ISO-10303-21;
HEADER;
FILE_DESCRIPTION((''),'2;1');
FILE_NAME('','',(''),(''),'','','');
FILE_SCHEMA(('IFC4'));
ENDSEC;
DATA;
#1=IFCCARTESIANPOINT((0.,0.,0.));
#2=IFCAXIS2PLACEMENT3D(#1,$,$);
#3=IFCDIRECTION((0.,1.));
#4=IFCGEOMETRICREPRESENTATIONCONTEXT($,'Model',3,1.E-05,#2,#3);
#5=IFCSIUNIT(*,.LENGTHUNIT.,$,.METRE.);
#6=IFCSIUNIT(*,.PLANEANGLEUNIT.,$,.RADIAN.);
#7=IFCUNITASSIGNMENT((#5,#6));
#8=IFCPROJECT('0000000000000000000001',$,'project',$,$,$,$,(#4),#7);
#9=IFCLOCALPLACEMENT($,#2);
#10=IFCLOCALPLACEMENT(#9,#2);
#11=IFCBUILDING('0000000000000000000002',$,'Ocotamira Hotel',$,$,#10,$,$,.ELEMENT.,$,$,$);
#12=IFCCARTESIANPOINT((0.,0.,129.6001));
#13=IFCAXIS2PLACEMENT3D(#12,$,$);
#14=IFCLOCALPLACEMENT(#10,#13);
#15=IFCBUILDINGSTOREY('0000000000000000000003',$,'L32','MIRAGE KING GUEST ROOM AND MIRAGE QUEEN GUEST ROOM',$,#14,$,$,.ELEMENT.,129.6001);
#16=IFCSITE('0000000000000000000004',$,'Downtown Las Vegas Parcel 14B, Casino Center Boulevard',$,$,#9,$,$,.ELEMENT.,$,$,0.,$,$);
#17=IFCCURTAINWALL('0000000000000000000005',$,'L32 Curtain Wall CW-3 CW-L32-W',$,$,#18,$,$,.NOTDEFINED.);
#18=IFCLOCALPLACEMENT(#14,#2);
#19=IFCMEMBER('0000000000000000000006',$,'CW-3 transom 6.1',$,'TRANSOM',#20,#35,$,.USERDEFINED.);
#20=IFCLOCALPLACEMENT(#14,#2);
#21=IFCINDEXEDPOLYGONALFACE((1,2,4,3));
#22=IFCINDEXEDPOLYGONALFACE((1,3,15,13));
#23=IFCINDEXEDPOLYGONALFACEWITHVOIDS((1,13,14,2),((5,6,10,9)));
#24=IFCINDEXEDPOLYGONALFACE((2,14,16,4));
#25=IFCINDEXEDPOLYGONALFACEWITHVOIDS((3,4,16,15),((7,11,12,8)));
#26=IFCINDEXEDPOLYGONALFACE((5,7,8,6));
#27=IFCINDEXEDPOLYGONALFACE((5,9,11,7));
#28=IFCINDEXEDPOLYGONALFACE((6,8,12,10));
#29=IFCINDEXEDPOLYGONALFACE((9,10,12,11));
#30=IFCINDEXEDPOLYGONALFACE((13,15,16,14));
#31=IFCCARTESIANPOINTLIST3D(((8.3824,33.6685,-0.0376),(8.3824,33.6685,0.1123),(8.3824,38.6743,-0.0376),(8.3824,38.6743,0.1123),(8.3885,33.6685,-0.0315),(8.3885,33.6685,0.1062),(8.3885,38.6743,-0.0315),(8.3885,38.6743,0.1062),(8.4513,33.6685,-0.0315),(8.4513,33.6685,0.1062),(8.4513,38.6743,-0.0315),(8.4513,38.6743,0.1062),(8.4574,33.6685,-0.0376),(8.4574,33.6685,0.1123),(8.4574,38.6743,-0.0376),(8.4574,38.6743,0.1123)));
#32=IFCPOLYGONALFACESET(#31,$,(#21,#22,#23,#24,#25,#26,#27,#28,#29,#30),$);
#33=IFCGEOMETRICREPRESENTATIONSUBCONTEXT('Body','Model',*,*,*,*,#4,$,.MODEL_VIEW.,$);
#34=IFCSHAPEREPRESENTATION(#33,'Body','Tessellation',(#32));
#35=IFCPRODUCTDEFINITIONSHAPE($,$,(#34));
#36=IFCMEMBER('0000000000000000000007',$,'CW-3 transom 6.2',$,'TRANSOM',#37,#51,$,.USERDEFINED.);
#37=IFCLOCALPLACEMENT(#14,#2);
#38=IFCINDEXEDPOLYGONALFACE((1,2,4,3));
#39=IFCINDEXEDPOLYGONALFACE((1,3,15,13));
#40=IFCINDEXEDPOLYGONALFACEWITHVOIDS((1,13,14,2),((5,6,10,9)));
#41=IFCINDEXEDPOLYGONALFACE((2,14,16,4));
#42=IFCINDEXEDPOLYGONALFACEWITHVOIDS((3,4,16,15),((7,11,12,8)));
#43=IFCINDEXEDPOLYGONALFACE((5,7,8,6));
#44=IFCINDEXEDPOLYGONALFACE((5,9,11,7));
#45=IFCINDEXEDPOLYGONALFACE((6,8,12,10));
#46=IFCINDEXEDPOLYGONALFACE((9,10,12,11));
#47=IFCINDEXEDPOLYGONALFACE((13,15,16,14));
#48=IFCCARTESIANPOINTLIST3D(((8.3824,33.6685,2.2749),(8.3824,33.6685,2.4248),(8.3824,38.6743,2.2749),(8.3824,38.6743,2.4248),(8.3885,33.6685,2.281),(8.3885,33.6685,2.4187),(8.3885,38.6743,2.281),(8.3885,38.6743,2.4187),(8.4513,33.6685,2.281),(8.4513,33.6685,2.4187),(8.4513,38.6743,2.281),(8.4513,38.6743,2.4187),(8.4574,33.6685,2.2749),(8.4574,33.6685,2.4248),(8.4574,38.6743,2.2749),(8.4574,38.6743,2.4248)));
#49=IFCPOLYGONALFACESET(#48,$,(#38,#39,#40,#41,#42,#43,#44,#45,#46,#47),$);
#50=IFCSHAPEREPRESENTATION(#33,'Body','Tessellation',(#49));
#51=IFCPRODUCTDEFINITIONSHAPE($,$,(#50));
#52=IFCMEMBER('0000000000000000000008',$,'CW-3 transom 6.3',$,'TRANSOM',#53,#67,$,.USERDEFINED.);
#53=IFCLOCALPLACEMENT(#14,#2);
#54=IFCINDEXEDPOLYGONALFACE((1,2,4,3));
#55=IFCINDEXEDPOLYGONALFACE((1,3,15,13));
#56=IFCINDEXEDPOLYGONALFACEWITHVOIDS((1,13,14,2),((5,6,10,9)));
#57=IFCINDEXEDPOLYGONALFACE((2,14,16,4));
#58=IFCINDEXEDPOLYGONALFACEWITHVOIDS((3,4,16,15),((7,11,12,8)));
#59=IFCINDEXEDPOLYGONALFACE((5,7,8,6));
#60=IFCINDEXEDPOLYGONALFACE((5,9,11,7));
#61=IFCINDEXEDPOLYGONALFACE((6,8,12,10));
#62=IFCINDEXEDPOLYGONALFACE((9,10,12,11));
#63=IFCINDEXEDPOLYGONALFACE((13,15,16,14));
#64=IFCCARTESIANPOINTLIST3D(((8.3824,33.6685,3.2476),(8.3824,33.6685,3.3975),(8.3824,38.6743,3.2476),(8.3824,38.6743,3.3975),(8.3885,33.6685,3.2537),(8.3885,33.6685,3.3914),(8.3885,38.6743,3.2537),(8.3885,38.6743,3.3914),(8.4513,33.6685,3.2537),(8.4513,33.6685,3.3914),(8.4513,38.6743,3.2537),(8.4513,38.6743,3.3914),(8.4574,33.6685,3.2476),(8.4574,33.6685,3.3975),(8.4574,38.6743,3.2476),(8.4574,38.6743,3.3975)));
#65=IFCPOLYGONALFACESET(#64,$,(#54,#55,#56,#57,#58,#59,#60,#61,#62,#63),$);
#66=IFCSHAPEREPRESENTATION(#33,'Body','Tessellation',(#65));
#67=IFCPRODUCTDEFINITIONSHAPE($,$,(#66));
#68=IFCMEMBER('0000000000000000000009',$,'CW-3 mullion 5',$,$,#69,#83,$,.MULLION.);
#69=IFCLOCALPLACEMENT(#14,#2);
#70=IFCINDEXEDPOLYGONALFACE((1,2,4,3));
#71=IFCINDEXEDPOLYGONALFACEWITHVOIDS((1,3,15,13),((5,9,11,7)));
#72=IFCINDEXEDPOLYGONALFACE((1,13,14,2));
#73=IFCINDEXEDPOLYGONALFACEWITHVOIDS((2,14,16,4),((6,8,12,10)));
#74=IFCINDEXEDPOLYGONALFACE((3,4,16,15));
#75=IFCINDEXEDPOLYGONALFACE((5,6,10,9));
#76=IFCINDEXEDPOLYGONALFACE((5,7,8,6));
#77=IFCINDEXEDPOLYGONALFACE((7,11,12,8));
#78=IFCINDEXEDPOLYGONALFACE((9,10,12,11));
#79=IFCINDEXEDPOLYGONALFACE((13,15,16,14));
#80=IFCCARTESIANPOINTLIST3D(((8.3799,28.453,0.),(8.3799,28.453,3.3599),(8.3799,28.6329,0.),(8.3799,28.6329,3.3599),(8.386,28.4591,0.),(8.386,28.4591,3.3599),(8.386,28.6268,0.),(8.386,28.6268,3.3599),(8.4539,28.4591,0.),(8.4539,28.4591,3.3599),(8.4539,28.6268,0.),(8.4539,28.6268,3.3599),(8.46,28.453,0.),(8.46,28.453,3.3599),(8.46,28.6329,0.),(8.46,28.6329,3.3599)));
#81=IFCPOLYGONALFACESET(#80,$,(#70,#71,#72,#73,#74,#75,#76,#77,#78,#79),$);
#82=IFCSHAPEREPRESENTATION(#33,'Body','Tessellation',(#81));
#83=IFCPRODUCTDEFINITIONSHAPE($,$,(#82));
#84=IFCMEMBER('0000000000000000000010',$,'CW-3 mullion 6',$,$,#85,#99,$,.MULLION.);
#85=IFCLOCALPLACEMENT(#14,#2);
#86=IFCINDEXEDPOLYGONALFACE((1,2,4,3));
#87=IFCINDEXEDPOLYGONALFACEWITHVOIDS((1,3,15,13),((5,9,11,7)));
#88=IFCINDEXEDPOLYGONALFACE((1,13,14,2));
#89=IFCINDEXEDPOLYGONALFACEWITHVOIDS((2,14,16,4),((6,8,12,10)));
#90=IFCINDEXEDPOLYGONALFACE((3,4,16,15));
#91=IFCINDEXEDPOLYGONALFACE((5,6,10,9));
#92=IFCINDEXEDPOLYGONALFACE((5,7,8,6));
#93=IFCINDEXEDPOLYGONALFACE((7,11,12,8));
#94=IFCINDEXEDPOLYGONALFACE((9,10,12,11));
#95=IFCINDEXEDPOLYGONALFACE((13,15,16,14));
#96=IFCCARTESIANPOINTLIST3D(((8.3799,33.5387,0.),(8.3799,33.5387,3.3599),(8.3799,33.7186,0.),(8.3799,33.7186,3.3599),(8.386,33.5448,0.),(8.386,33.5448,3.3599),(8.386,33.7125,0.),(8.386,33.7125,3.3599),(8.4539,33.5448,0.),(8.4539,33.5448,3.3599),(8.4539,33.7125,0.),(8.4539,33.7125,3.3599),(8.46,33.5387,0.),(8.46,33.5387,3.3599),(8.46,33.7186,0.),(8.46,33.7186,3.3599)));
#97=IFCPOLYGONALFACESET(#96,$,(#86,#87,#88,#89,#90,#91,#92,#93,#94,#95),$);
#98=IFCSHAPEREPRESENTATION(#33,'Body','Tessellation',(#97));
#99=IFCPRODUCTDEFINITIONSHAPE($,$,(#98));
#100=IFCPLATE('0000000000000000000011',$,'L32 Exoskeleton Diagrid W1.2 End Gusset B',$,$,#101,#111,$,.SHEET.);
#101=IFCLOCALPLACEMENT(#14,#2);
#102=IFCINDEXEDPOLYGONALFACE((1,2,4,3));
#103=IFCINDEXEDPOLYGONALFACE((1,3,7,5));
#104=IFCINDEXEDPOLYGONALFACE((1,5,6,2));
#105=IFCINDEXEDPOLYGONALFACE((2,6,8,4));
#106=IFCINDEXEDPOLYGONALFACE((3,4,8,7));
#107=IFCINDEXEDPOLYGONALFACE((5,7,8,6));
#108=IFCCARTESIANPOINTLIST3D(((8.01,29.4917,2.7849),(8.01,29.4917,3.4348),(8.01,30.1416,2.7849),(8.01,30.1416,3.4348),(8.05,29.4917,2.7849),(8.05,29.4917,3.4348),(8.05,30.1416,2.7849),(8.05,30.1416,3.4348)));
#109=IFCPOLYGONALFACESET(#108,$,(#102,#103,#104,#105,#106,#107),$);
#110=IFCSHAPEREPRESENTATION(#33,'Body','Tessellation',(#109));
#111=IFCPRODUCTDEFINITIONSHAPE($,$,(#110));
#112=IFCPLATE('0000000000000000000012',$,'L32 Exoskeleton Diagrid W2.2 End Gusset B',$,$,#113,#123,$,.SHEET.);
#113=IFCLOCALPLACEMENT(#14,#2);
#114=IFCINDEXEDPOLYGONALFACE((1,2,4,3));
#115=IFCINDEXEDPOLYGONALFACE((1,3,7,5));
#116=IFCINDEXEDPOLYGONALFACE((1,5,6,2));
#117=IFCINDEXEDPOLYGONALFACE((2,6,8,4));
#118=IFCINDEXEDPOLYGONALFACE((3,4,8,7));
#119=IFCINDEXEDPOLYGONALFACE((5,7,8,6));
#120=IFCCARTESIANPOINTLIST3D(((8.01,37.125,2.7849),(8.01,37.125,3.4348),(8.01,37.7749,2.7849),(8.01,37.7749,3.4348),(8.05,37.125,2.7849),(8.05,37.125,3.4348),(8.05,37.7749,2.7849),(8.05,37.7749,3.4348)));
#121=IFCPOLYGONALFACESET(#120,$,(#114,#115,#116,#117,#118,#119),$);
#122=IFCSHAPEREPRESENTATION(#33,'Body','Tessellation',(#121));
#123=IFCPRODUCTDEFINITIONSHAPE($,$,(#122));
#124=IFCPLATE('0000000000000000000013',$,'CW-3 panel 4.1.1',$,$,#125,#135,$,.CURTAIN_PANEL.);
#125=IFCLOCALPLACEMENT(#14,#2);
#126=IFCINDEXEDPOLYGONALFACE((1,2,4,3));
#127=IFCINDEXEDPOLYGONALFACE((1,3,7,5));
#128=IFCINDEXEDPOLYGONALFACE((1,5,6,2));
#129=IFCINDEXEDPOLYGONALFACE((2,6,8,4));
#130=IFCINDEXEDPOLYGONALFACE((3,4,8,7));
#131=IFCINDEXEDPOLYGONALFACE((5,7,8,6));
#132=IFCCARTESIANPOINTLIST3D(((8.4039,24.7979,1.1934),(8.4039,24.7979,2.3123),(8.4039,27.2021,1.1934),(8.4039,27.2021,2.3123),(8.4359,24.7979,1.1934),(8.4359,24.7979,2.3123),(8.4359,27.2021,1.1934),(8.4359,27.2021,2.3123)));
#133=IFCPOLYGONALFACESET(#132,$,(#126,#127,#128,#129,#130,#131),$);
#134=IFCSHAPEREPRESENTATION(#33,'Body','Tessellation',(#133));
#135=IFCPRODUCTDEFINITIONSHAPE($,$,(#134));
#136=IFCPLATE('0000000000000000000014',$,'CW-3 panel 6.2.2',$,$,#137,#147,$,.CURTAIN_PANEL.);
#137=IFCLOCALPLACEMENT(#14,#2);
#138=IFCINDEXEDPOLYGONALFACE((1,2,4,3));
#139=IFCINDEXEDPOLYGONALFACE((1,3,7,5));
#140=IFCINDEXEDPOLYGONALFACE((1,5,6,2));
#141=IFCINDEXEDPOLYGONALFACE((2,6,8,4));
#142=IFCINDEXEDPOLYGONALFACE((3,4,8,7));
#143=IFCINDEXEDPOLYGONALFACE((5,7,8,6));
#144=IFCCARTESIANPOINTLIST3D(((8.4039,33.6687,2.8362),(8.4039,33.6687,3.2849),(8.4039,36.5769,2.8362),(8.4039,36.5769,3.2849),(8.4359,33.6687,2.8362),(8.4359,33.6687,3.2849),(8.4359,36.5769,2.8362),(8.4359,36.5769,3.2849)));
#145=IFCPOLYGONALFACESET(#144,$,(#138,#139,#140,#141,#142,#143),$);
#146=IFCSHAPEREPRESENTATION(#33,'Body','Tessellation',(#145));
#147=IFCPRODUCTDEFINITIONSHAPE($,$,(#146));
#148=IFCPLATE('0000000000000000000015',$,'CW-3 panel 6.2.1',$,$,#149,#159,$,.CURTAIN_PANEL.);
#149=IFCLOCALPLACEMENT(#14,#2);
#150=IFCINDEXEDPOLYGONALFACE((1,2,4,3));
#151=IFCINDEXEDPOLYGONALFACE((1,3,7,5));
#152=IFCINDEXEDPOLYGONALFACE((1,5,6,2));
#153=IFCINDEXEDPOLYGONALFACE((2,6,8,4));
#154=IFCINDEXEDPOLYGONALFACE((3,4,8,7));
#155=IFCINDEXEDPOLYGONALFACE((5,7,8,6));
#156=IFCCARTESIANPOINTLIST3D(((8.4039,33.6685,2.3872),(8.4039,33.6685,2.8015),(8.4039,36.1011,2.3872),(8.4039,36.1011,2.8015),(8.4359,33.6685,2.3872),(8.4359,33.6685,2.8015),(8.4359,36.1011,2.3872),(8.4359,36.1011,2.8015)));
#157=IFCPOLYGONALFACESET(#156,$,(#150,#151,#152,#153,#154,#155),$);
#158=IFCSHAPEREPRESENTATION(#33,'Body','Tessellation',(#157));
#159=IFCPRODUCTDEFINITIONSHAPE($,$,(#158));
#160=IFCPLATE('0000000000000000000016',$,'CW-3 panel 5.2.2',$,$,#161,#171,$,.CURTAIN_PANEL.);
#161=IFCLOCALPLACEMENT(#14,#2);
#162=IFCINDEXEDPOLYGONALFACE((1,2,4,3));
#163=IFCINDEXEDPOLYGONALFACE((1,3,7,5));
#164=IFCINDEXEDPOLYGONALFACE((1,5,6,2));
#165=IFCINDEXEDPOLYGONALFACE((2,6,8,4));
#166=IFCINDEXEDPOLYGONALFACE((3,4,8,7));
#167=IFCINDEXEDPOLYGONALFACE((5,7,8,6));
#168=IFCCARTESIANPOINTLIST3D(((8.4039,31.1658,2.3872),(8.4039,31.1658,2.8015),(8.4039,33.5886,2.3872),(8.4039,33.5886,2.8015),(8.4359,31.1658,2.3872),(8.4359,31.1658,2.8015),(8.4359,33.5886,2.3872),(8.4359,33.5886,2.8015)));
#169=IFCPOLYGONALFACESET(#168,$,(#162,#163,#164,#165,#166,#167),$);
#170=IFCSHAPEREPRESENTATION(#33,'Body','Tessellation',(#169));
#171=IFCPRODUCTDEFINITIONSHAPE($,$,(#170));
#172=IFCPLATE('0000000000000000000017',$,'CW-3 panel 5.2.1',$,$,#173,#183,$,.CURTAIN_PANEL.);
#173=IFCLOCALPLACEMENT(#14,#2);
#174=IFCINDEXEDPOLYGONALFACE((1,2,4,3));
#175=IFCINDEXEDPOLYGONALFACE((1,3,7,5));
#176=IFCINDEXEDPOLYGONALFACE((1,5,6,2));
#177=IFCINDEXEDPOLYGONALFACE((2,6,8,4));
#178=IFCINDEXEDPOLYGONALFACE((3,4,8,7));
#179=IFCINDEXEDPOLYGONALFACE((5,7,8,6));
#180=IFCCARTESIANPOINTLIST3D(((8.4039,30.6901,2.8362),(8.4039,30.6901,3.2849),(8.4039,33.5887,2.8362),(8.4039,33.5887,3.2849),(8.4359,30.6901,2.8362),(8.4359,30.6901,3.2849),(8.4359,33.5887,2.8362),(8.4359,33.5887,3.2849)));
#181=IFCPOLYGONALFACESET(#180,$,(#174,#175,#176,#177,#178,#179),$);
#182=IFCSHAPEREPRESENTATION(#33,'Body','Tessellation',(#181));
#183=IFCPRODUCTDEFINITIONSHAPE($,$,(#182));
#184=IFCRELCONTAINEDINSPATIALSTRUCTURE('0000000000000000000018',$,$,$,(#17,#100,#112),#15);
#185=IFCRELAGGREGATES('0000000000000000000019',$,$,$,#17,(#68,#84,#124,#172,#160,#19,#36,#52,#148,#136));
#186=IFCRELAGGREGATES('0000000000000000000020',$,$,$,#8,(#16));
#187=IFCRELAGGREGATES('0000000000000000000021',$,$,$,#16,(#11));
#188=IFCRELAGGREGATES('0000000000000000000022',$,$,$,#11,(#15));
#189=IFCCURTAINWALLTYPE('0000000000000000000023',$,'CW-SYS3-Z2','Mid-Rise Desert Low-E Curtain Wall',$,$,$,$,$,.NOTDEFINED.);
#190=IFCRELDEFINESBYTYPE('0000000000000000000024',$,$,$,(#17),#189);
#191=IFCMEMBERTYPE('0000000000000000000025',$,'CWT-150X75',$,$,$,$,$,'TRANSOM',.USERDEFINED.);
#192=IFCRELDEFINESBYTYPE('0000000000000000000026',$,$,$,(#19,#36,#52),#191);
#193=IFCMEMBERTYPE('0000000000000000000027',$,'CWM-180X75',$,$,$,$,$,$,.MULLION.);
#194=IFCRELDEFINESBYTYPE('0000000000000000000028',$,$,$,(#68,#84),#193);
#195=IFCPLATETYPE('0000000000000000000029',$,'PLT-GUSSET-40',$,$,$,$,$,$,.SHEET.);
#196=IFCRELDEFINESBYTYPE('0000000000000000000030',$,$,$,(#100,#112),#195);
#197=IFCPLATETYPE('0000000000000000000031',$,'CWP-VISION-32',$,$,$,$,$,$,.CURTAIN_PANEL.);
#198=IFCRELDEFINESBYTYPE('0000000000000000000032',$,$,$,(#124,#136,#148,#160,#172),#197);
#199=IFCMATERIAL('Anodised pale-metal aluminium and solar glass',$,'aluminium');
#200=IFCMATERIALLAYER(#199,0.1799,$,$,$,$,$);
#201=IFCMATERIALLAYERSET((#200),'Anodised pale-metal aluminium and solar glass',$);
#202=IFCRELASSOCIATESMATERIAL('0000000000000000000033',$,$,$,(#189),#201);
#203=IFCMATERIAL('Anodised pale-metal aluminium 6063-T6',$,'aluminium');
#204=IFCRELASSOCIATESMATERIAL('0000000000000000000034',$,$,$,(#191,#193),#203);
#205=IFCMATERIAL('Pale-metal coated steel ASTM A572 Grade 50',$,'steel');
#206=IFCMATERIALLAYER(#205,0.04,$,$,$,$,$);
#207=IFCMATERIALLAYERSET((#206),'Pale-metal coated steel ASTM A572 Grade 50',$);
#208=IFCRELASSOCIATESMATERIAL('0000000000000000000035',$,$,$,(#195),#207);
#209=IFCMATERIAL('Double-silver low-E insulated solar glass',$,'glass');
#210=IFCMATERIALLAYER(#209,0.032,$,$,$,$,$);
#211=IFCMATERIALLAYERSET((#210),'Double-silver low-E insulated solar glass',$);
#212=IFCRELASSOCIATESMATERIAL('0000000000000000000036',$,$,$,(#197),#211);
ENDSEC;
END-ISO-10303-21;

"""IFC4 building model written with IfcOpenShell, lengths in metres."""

from ifc_helpers import new_model, si_unit, direction, frame, origin, origin_2d, place, context, subcontext, project, spatial, rectangle, hollow_rectangle, extrude, source, transform, mapped, material, layer, layer_set, material_profile, profile_set, type_object, element, aggregate, save


model = new_model("IFC4")

# Units and contexts
model_context = context("Model", 3, precision=1e-05, world=origin(), true_north=direction((0.0, 1.0)))
body_context = subcontext(model_context, "Body", "Model", "MODEL_VIEW")
ifc_project = project(units=[si_unit("LENGTHUNIT", "METRE"), si_unit("PLANEANGLEUNIT", "RADIAN")], contexts=[model_context])

# Site, building, storey
site_placement = place(None, origin())
site = spatial("IfcSite", under=ifc_project, at=site_placement, Name="Downtown Las Vegas Parcel 14B, Casino Center Boulevard", CompositionType="ELEMENT", RefElevation=0.0)
building_placement = place(site_placement, origin())
building = spatial("IfcBuilding", under=site, at=building_placement, Name="Ocotamira Hotel", CompositionType="ELEMENT")
storey_placement = place(building_placement, frame((0.0, 0.0, 129.6001)))
storey = spatial("IfcBuildingStorey", under=building, at=storey_placement, Name="L32", Description="MIRAGE KING GUEST ROOM AND MIRAGE QUEEN GUEST ROOM", CompositionType="ELEMENT", Elevation=129.6001)

# Curtain wall, members
ifc_material_1 = material(Name="Anodised pale-metal aluminium and solar glass", Category="aluminium")
ifc_layer_1 = layer(ifc_material_1, 0.1799)
ifc_layer_set_1 = layer_set([ifc_layer_1], Name="Anodised pale-metal aluminium and solar glass")
curtain_wall_type = type_object("IfcCurtainWallType", Name="CW-SYS3-Z2", Description="Mid-Rise Desert Low-E Curtain Wall", PredefinedType="NOTDEFINED", material=ifc_layer_set_1)
curtain_wall_placement = place(storey_placement, origin())
curtain_wall = element("IfcCurtainWall", 1, at=curtain_wall_placement, inside=storey, type_object=curtain_wall_type, Name="L32 Curtain Wall CW-3 CW-L32-W", PredefinedType="NOTDEFINED")
ifc_material_2 = material(Name="Anodised pale-metal aluminium 6063-T6", Category="aluminium")
ifc_material_profile_1 = material_profile(ifc_material_2, hollow_rectangle(XDim=0.075, YDim=0.1499, WallThickness=0.0061, at=origin_2d()), Name="HSS150X75X6")
ifc_profile_set_1 = profile_set([ifc_material_profile_1], Name="Anodised pale-metal aluminium 6063-T6")
member_type_1 = type_object("IfcMemberType", Name="CWT-150X75", ElementType="TRANSOM", PredefinedType="USERDEFINED", material=ifc_profile_set_1)
shared_shape_1 = source(origin(), body_context, "Body", "SweptSolid", [
    extrude(hollow_rectangle(XDim=0.075, YDim=0.1499, WallThickness=0.0061, at=origin_2d()), origin(), (0.0, 0.0, 1.0), 5.0059),
])
member_1_placement = place(storey_placement, frame((8.4199, 33.6685, 0.0374), z_axis=(0.0, 1.0, 0.0), x_axis=(-1.0, 0.0, 0.0)))
member_1 = element("IfcMember", 2, at=member_1_placement, type_object=member_type_1, Name="CW-3 transom 6.1", ObjectType="TRANSOM", PredefinedType="USERDEFINED", context=body_context, shape_type="MappedRepresentation", body=[
    mapped(shared_shape_1, transform((0.0, 0.0, 0.0), scale=1.0)),
])
member_2_placement = place(storey_placement, frame((8.4199, 33.6685, 2.3499), z_axis=(0.0, 1.0, 0.0), x_axis=(-1.0, 0.0, 0.0)))
member_2 = element("IfcMember", 3, at=member_2_placement, type_object=member_type_1, Name="CW-3 transom 6.2", ObjectType="TRANSOM", PredefinedType="USERDEFINED", context=body_context, shape_type="MappedRepresentation", body=[
    mapped(shared_shape_1, transform((0.0, 0.0, 0.0), scale=1.0)),
])
member_3_placement = place(storey_placement, frame((8.4199, 33.6685, 3.3225), z_axis=(0.0, 1.0, 0.0), x_axis=(-1.0, 0.0, 0.0)))
member_3 = element("IfcMember", 4, at=member_3_placement, type_object=member_type_1, Name="CW-3 transom 6.3", ObjectType="TRANSOM", PredefinedType="USERDEFINED", context=body_context, shape_type="MappedRepresentation", body=[
    mapped(shared_shape_1, transform((0.0, 0.0, 0.0), scale=1.0)),
])
ifc_material_profile_2 = material_profile(ifc_material_2, hollow_rectangle(XDim=0.0801, YDim=0.1799, WallThickness=0.0061, at=origin_2d()), Name="HSS180X80X6")
ifc_profile_set_2 = profile_set([ifc_material_profile_2], Name="Anodised pale-metal aluminium 6063-T6")
member_type_2 = type_object("IfcMemberType", Name="CWM-180X75", PredefinedType="MULLION", material=ifc_profile_set_2)
shared_shape_2 = source(origin(), body_context, "Body", "SweptSolid", [
    extrude(hollow_rectangle(XDim=0.0801, YDim=0.1799, WallThickness=0.0061, at=origin_2d()), origin(), (0.0, 0.0, 1.0), 3.3599),
])
member_4_placement = place(storey_placement, frame((8.4199, 28.543, 0.0), z_axis=(0.0, 0.0, 1.0), x_axis=(-1.0, 0.0, 0.0)))
member_4 = element("IfcMember", 5, at=member_4_placement, type_object=member_type_2, Name="CW-3 mullion 5", PredefinedType="MULLION", context=body_context, shape_type="MappedRepresentation", body=[
    mapped(shared_shape_2, transform((0.0, 0.0, 0.0), scale=1.0)),
])
member_5_placement = place(storey_placement, frame((8.4199, 33.6287, 0.0), z_axis=(0.0, 0.0, 1.0), x_axis=(-1.0, 0.0, 0.0)))
member_5 = element("IfcMember", 6, at=member_5_placement, type_object=member_type_2, Name="CW-3 mullion 6", PredefinedType="MULLION", context=body_context, shape_type="MappedRepresentation", body=[
    mapped(shared_shape_2, transform((0.0, 0.0, 0.0), scale=1.0)),
])

# Plates
ifc_material_3 = material(Name="Pale-metal coated steel ASTM A572 Grade 50", Category="steel")
ifc_layer_2 = layer(ifc_material_3, 0.04)
ifc_layer_set_2 = layer_set([ifc_layer_2], Name="Pale-metal coated steel ASTM A572 Grade 50")
plate_type_1 = type_object("IfcPlateType", Name="PLT-GUSSET-40", PredefinedType="SHEET", material=ifc_layer_set_2)
shared_shape_3 = source(origin(), body_context, "Body", "SweptSolid", [
    extrude(rectangle(XDim=0.04, YDim=0.6499, at=origin_2d()), origin(), (0.0, 0.0, 1.0), 0.6499),
])
for number, where, z_axis, x_axis, name in (
    (7, (8.03, 29.8167, 2.7849), (0.0, 0.0, 1.0), (1.0, 0.0, 0.0), "L32 Exoskeleton Diagrid W1.2 End Gusset B"),
    (8, (8.03, 37.45, 2.7849), (0.0, 0.0, 1.0), (1.0, 0.0, 0.0), "L32 Exoskeleton Diagrid W2.2 End Gusset B"),
):
    element("IfcPlate", number, at=place(storey_placement, frame(where, z_axis=z_axis, x_axis=x_axis)), inside=storey, type_object=plate_type_1, Name=name, PredefinedType="SHEET", context=body_context, shape_type="MappedRepresentation", body=[
        mapped(shared_shape_3, transform((0.0, 0.0, 0.0), scale=1.0)),
    ])

# Plates
ifc_material_4 = material(Name="Double-silver low-E insulated solar glass", Category="glass")
ifc_layer_3 = layer(ifc_material_4, 0.032)
ifc_layer_set_3 = layer_set([ifc_layer_3], Name="Double-silver low-E insulated solar glass")
plate_type_2 = type_object("IfcPlateType", Name="CWP-VISION-32", PredefinedType="CURTAIN_PANEL", material=ifc_layer_set_3)
shared_shape_4 = source(origin(), body_context, "Body", "SweptSolid", [
    extrude(rectangle(XDim=2.4043, YDim=0.032, at=origin_2d()), origin(), (0.0, 0.0, 1.0), 1.1189),
])
plate_1_placement = place(storey_placement, frame((8.4199, 26.0, 1.1934), z_axis=(0.0, 0.0, 1.0), x_axis=(0.0, 1.0, 0.0)))
plate_1 = element("IfcPlate", 9, at=plate_1_placement, type_object=plate_type_2, Name="CW-3 panel 4.1.1", PredefinedType="CURTAIN_PANEL", context=body_context, shape_type="MappedRepresentation", body=[
    mapped(shared_shape_4, transform((0.0, 0.0, 0.0), scale=1.0)),
])
shared_shape_5 = source(origin(), body_context, "Body", "SweptSolid", [
    extrude(rectangle(XDim=2.9082, YDim=0.032, at=origin_2d()), origin(), (0.0, 0.0, 1.0), 0.4487),
])
plate_2_placement = place(storey_placement, frame((8.4199, 35.1228, 2.8362), z_axis=(0.0, 0.0, 1.0), x_axis=(0.0, 1.0, 0.0)))
plate_2 = element("IfcPlate", 10, at=plate_2_placement, type_object=plate_type_2, Name="CW-3 panel 6.2.2", PredefinedType="CURTAIN_PANEL", context=body_context, shape_type="MappedRepresentation", body=[
    mapped(shared_shape_5, transform((0.0, 0.0, 0.0), scale=1.0)),
])
shared_shape_6 = source(origin(), body_context, "Body", "SweptSolid", [
    extrude(rectangle(XDim=2.4326, YDim=0.032, at=origin_2d()), origin(), (0.0, 0.0, 1.0), 0.4143),
])
plate_3_placement = place(storey_placement, frame((8.4199, 34.8848, 2.3872), z_axis=(0.0, 0.0, 1.0), x_axis=(0.0, 1.0, 0.0)))
plate_3 = element("IfcPlate", 11, at=plate_3_placement, type_object=plate_type_2, Name="CW-3 panel 6.2.1", PredefinedType="CURTAIN_PANEL", context=body_context, shape_type="MappedRepresentation", body=[
    mapped(shared_shape_6, transform((0.0, 0.0, 0.0), scale=1.0)),
])
shared_shape_7 = source(origin(), body_context, "Body", "SweptSolid", [
    extrude(rectangle(XDim=2.4229, YDim=0.032, at=origin_2d()), origin(), (0.0, 0.0, 1.0), 0.4143),
])
plate_4_placement = place(storey_placement, frame((8.4199, 32.3772, 2.3872), z_axis=(0.0, 0.0, 1.0), x_axis=(0.0, 1.0, 0.0)))
plate_4 = element("IfcPlate", 12, at=plate_4_placement, type_object=plate_type_2, Name="CW-3 panel 5.2.2", PredefinedType="CURTAIN_PANEL", context=body_context, shape_type="MappedRepresentation", body=[
    mapped(shared_shape_7, transform((0.0, 0.0, 0.0), scale=1.0)),
])
shared_shape_8 = source(origin(), body_context, "Body", "SweptSolid", [
    extrude(rectangle(XDim=2.8987, YDim=0.032, at=origin_2d()), origin(), (0.0, 0.0, 1.0), 0.4487),
])
plate_5_placement = place(storey_placement, frame((8.4199, 32.1394, 2.8362), z_axis=(0.0, 0.0, 1.0), x_axis=(0.0, 1.0, 0.0)))
plate_5 = element("IfcPlate", 13, at=plate_5_placement, type_object=plate_type_2, Name="CW-3 panel 5.2.1", PredefinedType="CURTAIN_PANEL", context=body_context, shape_type="MappedRepresentation", body=[
    mapped(shared_shape_8, transform((0.0, 0.0, 0.0), scale=1.0)),
])
aggregate(curtain_wall, [member_4, member_5, plate_1, plate_5, plate_4, member_1, member_2, member_3, plate_3, plate_2])

save(model, "model.ifc")
